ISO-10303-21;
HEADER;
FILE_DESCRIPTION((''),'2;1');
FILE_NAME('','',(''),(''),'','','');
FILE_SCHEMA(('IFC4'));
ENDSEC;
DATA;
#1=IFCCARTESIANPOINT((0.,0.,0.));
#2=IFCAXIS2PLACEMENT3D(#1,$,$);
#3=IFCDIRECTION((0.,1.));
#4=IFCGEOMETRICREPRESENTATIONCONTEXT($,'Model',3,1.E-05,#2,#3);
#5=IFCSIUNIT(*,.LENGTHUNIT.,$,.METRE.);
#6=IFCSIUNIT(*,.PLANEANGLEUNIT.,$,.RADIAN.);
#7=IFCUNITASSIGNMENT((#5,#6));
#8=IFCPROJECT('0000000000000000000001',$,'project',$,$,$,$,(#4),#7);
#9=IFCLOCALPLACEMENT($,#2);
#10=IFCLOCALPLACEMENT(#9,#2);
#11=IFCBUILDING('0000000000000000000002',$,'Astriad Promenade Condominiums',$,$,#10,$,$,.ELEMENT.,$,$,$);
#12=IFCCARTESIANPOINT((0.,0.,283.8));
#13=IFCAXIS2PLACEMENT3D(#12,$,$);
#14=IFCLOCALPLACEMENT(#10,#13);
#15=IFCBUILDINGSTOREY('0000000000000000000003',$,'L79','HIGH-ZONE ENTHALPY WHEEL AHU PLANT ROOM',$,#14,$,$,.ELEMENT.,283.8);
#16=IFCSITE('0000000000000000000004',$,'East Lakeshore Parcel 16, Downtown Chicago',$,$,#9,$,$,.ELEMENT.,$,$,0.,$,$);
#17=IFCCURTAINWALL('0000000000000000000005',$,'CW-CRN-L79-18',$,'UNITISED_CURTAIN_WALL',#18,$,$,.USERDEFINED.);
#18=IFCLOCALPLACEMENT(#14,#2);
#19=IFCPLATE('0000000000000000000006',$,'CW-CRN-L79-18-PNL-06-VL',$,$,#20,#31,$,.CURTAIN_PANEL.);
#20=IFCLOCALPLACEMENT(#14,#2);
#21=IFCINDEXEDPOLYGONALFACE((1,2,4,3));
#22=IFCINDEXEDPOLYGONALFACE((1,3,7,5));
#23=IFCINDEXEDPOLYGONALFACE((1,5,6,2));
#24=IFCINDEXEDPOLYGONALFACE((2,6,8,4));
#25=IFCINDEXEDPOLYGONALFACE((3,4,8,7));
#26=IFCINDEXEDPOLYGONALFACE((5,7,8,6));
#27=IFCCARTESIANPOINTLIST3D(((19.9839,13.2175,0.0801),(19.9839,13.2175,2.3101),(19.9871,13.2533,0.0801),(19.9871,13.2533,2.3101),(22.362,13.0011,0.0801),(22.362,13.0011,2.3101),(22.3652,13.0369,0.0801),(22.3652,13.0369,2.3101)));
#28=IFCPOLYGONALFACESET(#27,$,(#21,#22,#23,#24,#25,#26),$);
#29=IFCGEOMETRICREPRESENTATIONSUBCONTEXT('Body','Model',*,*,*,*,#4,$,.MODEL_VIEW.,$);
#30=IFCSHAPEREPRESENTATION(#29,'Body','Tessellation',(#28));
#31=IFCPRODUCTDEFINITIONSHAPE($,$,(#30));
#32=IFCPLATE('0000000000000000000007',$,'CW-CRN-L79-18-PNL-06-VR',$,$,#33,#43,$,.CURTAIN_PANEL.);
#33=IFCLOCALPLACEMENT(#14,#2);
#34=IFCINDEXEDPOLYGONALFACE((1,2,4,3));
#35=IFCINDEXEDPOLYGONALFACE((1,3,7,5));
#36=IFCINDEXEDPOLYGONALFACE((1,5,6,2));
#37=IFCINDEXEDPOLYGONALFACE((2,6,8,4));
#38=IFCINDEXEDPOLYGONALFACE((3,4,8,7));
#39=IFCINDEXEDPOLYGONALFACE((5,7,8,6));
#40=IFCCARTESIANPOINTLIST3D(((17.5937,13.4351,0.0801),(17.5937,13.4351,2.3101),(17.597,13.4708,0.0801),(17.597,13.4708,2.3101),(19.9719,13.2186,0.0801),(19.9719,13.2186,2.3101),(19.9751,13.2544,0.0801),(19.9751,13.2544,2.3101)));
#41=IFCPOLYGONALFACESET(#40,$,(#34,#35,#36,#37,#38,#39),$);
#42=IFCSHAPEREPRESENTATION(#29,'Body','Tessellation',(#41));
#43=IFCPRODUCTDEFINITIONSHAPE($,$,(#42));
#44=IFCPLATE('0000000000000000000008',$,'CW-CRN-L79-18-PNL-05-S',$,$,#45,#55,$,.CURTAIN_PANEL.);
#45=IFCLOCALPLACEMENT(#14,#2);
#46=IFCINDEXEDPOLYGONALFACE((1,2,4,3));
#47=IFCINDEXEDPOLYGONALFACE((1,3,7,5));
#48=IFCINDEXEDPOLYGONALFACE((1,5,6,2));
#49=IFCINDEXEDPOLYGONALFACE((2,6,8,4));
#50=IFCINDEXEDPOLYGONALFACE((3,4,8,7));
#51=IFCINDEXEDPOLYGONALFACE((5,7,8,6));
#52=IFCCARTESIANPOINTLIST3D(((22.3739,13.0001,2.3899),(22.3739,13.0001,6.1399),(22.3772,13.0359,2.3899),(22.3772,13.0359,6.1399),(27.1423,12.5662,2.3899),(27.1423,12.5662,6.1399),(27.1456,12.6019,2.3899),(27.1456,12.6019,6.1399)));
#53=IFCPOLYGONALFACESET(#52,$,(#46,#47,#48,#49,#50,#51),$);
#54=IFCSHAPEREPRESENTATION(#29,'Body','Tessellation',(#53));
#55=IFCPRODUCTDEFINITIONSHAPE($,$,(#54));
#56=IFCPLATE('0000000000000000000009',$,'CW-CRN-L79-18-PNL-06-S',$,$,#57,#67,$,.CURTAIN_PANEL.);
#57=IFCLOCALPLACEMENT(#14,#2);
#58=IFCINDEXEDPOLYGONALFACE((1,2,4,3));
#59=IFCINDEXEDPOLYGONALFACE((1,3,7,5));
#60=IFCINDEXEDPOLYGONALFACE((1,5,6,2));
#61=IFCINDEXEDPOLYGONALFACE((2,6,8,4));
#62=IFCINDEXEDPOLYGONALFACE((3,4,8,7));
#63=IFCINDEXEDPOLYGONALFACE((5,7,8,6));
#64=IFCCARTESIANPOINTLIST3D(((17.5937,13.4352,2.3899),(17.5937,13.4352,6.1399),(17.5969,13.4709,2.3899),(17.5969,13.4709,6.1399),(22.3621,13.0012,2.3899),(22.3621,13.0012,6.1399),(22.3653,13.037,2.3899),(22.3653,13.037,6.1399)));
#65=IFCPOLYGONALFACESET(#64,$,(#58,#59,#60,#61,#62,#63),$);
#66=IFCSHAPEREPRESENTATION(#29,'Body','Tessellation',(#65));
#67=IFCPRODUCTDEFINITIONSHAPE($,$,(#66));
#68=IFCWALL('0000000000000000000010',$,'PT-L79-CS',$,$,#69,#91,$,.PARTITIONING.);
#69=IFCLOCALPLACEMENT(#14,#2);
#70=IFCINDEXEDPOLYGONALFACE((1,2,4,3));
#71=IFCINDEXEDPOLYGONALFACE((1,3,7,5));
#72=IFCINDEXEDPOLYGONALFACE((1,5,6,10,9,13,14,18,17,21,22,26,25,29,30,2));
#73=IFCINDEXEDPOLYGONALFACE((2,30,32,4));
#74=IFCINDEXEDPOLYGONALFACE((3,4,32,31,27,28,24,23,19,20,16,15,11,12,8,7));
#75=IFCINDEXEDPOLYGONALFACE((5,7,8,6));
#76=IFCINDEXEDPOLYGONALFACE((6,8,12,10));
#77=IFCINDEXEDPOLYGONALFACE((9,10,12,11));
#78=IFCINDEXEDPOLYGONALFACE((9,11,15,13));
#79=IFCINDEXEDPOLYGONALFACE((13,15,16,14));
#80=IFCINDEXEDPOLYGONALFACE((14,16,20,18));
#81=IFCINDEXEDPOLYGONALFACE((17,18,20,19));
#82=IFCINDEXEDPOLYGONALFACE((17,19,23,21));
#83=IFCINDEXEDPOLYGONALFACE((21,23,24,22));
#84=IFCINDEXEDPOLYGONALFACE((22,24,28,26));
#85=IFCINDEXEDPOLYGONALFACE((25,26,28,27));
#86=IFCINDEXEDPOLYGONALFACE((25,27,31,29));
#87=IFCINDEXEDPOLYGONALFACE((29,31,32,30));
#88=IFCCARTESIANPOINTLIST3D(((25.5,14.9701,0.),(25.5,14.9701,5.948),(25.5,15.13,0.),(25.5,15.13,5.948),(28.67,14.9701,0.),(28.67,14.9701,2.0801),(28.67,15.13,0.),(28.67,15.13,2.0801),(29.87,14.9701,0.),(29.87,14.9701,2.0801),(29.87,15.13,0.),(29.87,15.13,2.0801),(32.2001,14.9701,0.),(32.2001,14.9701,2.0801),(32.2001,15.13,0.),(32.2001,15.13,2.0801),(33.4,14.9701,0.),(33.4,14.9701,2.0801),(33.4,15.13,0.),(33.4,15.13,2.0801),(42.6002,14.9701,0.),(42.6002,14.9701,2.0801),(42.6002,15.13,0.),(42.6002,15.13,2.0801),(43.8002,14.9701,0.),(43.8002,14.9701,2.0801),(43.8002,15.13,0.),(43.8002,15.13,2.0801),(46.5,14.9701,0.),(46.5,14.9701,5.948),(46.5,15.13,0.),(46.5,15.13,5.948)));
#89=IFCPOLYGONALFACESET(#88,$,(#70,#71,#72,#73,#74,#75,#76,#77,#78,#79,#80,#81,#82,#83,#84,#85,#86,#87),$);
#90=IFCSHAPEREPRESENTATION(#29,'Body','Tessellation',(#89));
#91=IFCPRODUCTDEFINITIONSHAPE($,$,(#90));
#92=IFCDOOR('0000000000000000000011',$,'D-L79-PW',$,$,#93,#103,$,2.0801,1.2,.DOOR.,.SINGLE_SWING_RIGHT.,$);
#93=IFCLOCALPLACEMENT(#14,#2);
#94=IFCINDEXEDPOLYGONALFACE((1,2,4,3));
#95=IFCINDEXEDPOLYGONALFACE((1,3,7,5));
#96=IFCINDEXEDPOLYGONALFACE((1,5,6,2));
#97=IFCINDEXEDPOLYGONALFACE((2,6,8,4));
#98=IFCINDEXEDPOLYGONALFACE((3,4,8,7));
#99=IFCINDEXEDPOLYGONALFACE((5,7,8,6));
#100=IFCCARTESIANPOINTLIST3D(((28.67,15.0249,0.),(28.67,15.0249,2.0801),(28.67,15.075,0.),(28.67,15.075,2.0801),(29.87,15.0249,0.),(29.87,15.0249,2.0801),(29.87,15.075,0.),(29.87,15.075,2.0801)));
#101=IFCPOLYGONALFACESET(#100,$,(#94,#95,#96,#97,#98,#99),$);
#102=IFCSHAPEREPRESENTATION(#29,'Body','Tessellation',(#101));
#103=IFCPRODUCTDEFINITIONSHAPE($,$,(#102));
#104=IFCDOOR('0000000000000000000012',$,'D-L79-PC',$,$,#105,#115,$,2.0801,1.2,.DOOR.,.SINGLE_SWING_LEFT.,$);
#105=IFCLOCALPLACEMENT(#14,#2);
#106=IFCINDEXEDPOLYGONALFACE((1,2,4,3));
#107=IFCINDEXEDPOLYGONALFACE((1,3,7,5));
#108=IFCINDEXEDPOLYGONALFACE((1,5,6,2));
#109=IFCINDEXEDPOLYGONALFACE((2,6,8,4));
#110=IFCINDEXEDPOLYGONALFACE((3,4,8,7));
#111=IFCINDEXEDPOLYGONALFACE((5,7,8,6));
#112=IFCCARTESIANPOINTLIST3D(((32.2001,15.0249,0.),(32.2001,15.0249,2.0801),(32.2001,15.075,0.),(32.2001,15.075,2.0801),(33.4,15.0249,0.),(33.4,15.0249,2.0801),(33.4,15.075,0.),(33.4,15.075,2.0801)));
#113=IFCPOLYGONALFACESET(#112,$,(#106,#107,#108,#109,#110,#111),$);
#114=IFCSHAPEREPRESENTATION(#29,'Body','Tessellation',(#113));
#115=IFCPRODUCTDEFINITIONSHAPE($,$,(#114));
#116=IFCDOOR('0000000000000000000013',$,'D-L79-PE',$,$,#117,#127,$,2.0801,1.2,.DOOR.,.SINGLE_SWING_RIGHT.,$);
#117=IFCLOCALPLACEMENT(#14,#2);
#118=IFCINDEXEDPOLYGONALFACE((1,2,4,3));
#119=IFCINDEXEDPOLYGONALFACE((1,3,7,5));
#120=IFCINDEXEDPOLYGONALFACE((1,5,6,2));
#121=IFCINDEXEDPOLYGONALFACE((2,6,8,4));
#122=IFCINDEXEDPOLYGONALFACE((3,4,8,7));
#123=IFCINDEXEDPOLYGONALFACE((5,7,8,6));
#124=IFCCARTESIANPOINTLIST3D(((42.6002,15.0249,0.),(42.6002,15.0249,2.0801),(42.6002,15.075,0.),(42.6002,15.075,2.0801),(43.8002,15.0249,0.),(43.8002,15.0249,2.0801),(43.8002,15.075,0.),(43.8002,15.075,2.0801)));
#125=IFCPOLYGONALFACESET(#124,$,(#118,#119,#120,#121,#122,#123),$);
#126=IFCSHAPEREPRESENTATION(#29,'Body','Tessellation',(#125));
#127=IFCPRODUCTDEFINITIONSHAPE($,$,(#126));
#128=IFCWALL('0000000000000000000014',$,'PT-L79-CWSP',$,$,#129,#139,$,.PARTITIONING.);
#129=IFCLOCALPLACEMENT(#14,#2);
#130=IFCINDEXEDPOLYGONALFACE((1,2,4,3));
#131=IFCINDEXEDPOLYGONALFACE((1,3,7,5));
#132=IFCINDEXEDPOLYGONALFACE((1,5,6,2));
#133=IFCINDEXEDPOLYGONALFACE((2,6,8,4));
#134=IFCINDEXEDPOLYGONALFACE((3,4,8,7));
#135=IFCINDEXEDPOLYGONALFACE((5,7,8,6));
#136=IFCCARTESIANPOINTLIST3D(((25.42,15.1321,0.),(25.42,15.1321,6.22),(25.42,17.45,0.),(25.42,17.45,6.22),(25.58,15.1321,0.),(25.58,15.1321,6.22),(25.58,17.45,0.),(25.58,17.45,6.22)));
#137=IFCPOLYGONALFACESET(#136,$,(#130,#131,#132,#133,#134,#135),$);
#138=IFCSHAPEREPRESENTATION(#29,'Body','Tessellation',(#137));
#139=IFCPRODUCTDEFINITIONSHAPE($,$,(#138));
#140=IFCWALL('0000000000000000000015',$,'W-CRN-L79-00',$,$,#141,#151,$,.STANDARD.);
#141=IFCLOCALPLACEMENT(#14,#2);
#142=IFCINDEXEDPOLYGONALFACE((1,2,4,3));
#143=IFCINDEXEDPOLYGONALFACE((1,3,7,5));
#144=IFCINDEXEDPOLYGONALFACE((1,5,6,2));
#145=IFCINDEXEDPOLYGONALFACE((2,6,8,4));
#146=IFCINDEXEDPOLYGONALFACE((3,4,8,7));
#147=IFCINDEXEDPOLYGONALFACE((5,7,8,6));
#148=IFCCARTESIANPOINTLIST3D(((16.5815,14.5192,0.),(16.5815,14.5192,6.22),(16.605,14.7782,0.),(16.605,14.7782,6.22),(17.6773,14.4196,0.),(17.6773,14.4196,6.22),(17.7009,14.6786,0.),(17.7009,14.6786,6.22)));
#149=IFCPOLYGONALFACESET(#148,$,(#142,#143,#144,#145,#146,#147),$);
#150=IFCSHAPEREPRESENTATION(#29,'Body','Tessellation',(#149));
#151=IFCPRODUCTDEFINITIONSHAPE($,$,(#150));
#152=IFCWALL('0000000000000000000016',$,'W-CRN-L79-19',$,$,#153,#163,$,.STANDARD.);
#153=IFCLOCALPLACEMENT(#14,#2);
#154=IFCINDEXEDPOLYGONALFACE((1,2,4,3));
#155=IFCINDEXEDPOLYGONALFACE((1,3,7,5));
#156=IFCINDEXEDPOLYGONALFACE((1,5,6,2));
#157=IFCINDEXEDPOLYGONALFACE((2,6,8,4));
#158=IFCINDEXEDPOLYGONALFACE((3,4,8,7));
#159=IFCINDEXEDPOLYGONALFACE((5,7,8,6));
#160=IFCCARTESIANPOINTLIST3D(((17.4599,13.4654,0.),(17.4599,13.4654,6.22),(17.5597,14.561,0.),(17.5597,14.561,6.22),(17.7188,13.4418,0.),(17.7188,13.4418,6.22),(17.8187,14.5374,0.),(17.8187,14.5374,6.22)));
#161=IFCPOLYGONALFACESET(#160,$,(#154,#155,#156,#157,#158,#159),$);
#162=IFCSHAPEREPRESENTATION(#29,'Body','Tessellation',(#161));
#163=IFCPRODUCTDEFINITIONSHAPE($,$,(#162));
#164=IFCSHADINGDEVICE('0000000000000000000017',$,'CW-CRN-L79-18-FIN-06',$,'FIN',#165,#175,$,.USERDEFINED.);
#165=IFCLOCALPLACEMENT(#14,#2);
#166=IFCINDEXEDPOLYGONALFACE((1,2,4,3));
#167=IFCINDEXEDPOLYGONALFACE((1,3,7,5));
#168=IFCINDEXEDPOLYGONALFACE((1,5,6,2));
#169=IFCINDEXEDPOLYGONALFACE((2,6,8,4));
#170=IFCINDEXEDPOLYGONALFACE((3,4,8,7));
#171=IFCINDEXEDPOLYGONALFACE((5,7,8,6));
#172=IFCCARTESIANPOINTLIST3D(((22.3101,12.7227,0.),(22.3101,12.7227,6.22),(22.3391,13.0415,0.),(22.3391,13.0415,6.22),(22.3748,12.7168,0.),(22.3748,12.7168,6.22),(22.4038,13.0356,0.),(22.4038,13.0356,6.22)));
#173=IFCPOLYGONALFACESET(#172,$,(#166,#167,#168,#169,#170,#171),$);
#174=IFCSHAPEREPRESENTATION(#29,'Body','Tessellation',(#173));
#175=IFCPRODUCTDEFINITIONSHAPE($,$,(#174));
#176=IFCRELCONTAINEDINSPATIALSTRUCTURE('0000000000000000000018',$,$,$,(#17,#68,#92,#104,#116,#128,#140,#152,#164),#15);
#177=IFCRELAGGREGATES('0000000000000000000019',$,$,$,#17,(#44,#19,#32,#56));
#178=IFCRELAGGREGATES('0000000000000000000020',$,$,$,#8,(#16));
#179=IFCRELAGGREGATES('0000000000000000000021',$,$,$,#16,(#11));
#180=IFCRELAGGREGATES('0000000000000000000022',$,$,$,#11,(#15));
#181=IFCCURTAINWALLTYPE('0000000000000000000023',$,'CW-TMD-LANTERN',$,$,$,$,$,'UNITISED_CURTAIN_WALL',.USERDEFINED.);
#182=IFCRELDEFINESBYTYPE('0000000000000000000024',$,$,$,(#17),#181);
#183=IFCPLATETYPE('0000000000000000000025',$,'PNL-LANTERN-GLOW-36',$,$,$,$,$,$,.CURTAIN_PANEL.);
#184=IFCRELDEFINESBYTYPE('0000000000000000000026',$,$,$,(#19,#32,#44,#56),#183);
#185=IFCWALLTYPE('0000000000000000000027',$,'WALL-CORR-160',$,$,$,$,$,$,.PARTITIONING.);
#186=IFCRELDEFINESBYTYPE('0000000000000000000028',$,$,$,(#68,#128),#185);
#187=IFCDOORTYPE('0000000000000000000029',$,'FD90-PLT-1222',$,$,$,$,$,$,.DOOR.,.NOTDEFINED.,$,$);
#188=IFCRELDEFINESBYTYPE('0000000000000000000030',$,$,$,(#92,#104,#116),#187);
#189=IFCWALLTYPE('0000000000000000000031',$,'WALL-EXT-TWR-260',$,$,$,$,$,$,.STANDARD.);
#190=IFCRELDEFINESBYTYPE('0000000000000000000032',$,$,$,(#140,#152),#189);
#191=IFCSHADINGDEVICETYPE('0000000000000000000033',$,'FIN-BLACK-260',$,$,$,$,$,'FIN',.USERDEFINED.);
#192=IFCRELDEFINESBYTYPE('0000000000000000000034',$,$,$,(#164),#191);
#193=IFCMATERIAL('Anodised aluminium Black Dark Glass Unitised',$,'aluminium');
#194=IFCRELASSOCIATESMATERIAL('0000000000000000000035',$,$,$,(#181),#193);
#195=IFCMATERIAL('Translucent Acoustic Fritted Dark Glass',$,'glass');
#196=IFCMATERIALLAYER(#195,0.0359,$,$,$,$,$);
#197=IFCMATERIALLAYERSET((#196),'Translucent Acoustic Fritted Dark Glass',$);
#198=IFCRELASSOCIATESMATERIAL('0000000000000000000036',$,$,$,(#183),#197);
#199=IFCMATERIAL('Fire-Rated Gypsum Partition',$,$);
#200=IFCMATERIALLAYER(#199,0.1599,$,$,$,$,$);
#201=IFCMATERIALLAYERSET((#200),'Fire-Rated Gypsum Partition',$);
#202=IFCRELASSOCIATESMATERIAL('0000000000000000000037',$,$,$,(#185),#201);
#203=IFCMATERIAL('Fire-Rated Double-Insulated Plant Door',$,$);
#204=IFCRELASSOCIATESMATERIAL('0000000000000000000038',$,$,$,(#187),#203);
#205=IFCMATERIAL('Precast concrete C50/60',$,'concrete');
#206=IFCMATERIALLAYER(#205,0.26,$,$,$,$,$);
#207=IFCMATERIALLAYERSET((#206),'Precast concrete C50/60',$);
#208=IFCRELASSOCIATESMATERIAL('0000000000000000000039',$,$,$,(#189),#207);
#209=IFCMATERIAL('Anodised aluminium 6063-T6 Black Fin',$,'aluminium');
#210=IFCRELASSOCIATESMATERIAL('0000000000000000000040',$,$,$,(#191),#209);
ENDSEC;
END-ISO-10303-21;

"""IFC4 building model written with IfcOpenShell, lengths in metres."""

from ifc_helpers import new_model, si_unit, direction, frame, frame_2d, origin, origin_2d, place, context, subcontext, project, spatial, rectangle, extrude, source, transform, mapped, material, layer, layer_set, type_object, type_shapes, element, fill, aggregate, save


model = new_model("IFC4")

# Units and contexts
model_context = context("Model", 3, precision=1e-05, world=origin(), true_north=direction((0.0, 1.0)))
body_context = subcontext(model_context, "Body", "Model", "MODEL_VIEW")
ifc_project = project(units=[si_unit("LENGTHUNIT", "METRE"), si_unit("PLANEANGLEUNIT", "RADIAN")], contexts=[model_context])

# Site, building, storey
site_placement = place(None, origin())
site = spatial("IfcSite", under=ifc_project, at=site_placement, Name="East Lakeshore Parcel 16, Downtown Chicago", CompositionType="ELEMENT", RefElevation=0.0)
building_placement = place(site_placement, origin())
building = spatial("IfcBuilding", under=site, at=building_placement, Name="Astriad Promenade Condominiums", CompositionType="ELEMENT")
storey_placement = place(building_placement, frame((0.0, 0.0, 283.8)))
storey = spatial("IfcBuildingStorey", under=building, at=storey_placement, Name="L79", Description="HIGH-ZONE ENTHALPY WHEEL AHU PLANT ROOM", CompositionType="ELEMENT", Elevation=283.8)

# Curtain wall
ifc_material_1 = material(Name="Anodised aluminium Black Dark Glass Unitised", Category="aluminium")
curtain_wall_type = type_object("IfcCurtainWallType", Name="CW-TMD-LANTERN", ElementType="UNITISED_CURTAIN_WALL", PredefinedType="USERDEFINED", material=ifc_material_1)
curtain_wall_placement = place(storey_placement, origin())
curtain_wall = element("IfcCurtainWall", 1, at=curtain_wall_placement, inside=storey, type_object=curtain_wall_type, Name="CW-CRN-L79-18", ObjectType="UNITISED_CURTAIN_WALL", PredefinedType="USERDEFINED")

# Plates
ifc_material_2 = material(Name="Translucent Acoustic Fritted Dark Glass", Category="glass")
ifc_layer_1 = layer(ifc_material_2, 0.0359)
ifc_layer_set_1 = layer_set([ifc_layer_1], Name="Translucent Acoustic Fritted Dark Glass")
plate_type_1 = type_object("IfcPlateType", Name="PNL-LANTERN-GLOW-36", PredefinedType="CURTAIN_PANEL", material=ifc_layer_set_1)
shared_shape_1 = source(origin(), body_context, "Body", "SweptSolid", [
    extrude(rectangle(XDim=2.3879, YDim=0.0359, at=origin_2d()), origin(), (0.0, 0.0, 1.0), 2.23),
])
plate_1_placement = place(storey_placement, frame((21.1746, 13.1272, 0.0801), z_axis=(0.0, 0.0, 1.0), x_axis=(-0.995884, 0.090633, 0.0)))
plate_1 = element("IfcPlate", 2, at=plate_1_placement, type_object=plate_type_1, Name="CW-CRN-L79-18-PNL-06-VL", PredefinedType="CURTAIN_PANEL", context=body_context, shape_type="MappedRepresentation", body=[
    mapped(shared_shape_1, transform((0.0, 0.0, 0.0), scale=1.0)),
])
plate_2_placement = place(storey_placement, frame((18.7844, 13.3447, 0.0801), z_axis=(0.0, 0.0, 1.0), x_axis=(-0.995884, 0.090633, 0.0)))
plate_2 = element("IfcPlate", 3, at=plate_2_placement, type_object=plate_type_1, Name="CW-CRN-L79-18-PNL-06-VR", PredefinedType="CURTAIN_PANEL", context=body_context, shape_type="MappedRepresentation", body=[
    mapped(shared_shape_1, transform((0.0, 0.0, 0.0), scale=1.0)),
])
shared_shape_2 = source(origin(), body_context, "Body", "SweptSolid", [
    extrude(rectangle(XDim=4.7881, YDim=0.0359, at=origin_2d()), origin(), (0.0, 0.0, 1.0), 3.75),
])
type_shapes(plate_type_1, [shared_shape_1, shared_shape_2])
plate_3_placement = place(storey_placement, frame((24.7598, 12.801, 2.3899), z_axis=(0.0, 0.0, 1.0), x_axis=(-0.995884, 0.090633, 0.0)))
plate_3 = element("IfcPlate", 4, at=plate_3_placement, type_object=plate_type_1, Name="CW-CRN-L79-18-PNL-05-S", PredefinedType="CURTAIN_PANEL", context=body_context, shape_type="MappedRepresentation", body=[
    mapped(shared_shape_2, transform((0.0, 0.0, 0.0), scale=1.0)),
])
plate_4_placement = place(storey_placement, frame((19.9795, 13.2361, 2.3899), z_axis=(0.0, 0.0, 1.0), x_axis=(-0.995884, 0.090633, 0.0)))
plate_4 = element("IfcPlate", 5, at=plate_4_placement, type_object=plate_type_1, Name="CW-CRN-L79-18-PNL-06-S", PredefinedType="CURTAIN_PANEL", context=body_context, shape_type="MappedRepresentation", body=[
    mapped(shared_shape_2, transform((0.0, 0.0, 0.0), scale=1.0)),
])
aggregate(curtain_wall, [plate_3, plate_1, plate_2, plate_4])

# Wall, openings, doors
ifc_material_3 = material(Name="Fire-Rated Gypsum Partition")
ifc_layer_2 = layer(ifc_material_3, 0.1599)
ifc_layer_set_2 = layer_set([ifc_layer_2], Name="Fire-Rated Gypsum Partition")
wall_type_1 = type_object("IfcWallType", Name="WALL-CORR-160", PredefinedType="PARTITIONING", material=ifc_layer_set_2)
wall_1_placement = place(storey_placement, frame((25.5, 15.05, 0.0), z_axis=(0.0, 0.0, 1.0), x_axis=(1.0, 0.0, 0.0)))
wall_1 = element("IfcWall", 6, at=wall_1_placement, inside=storey, type_object=wall_type_1, Name="PT-L79-CS", PredefinedType="PARTITIONING", context=body_context, shape_type="SweptSolid", body=[
    extrude(rectangle(XDim=21.0, YDim=0.1599, at=frame_2d((10.5, 0.0))), origin(), (0.0, 0.0, 1.0), 5.948),
])
opening_1_placement = place(wall_1_placement, frame((3.1699, 0.0, 0.0)))
opening_1 = element("IfcOpeningElement", 7, at=opening_1_placement, cuts=wall_1, PredefinedType="OPENING", context=body_context, shape_type="SweptSolid", body=[
    extrude(rectangle(XDim=1.2, YDim=2.0801, at=frame_2d((0.6001, 1.04))), frame((0.0, 0.0898, 0.0), z_axis=(0.0, -1.0, 0.0), x_axis=(1.0, 0.0, 0.0)), (0.0, 0.0, 1.0), 0.1799),
])
opening_2_placement = place(wall_1_placement, frame((6.7, 0.0, 0.0)))
opening_2 = element("IfcOpeningElement", 8, at=opening_2_placement, cuts=wall_1, PredefinedType="OPENING", context=body_context, shape_type="SweptSolid", body=[
    extrude(rectangle(XDim=1.2, YDim=2.0801, at=frame_2d((0.6001, 1.04))), frame((0.0, 0.0898, 0.0), z_axis=(0.0, -1.0, 0.0), x_axis=(1.0, 0.0, 0.0)), (0.0, 0.0, 1.0), 0.1799),
])
opening_3_placement = place(wall_1_placement, frame((17.1001, 0.0, 0.0)))
opening_3 = element("IfcOpeningElement", 9, at=opening_3_placement, cuts=wall_1, PredefinedType="OPENING", context=body_context, shape_type="SweptSolid", body=[
    extrude(rectangle(XDim=1.2, YDim=2.0801, at=frame_2d((0.6001, 1.04))), frame((0.0, 0.0898, 0.0), z_axis=(0.0, -1.0, 0.0), x_axis=(1.0, 0.0, 0.0)), (0.0, 0.0, 1.0), 0.1799),
])
ifc_material_4 = material(Name="Fire-Rated Double-Insulated Plant Door")
door_type = type_object("IfcDoorType", Name="FD90-PLT-1222", OperationType="NOTDEFINED", PredefinedType="DOOR", material=ifc_material_4)
shared_shape_3 = source(origin(), body_context, "Body", "SweptSolid", [
    extrude(rectangle(XDim=1.2, YDim=2.0801, at=frame_2d((0.6001, 1.04))), frame((0.0, 0.0249, 0.0), z_axis=(0.0, -1.0, 0.0), x_axis=(1.0, 0.0, 0.0)), (0.0, 0.0, 1.0), 0.05),
])
type_shapes(door_type, [shared_shape_3])
door_1_placement = place(opening_1_placement, origin())
door_1 = element("IfcDoor", 10, at=door_1_placement, inside=storey, type_object=door_type, Name="D-L79-PW", OperationType="SINGLE_SWING_RIGHT", OverallHeight=2.0801, OverallWidth=1.2, PredefinedType="DOOR", context=body_context, shape_type="MappedRepresentation", body=[
    mapped(shared_shape_3, transform((0.0, 0.0, 0.0), scale=1.0)),
])
fill(opening_1, door_1)
door_2_placement = place(opening_2_placement, origin())
door_2 = element("IfcDoor", 11, at=door_2_placement, inside=storey, type_object=door_type, Name="D-L79-PC", OperationType="SINGLE_SWING_LEFT", OverallHeight=2.0801, OverallWidth=1.2, PredefinedType="DOOR", context=body_context, shape_type="MappedRepresentation", body=[
    mapped(shared_shape_3, transform((0.0, 0.0, 0.0), scale=1.0)),
])
fill(opening_2, door_2)
door_3_placement = place(opening_3_placement, origin())
door_3 = element("IfcDoor", 12, at=door_3_placement, inside=storey, type_object=door_type, Name="D-L79-PE", OperationType="SINGLE_SWING_RIGHT", OverallHeight=2.0801, OverallWidth=1.2, PredefinedType="DOOR", context=body_context, shape_type="MappedRepresentation", body=[
    mapped(shared_shape_3, transform((0.0, 0.0, 0.0), scale=1.0)),
])
fill(opening_3, door_3)

# Walls
wall_2_placement = place(storey_placement, frame((25.5, 15.1321, 0.0), z_axis=(0.0, 0.0, 1.0), x_axis=(0.0, 1.0, 0.0)))
element("IfcWall", 13, at=wall_2_placement, inside=storey, type_object=wall_type_1, Name="PT-L79-CWSP", PredefinedType="PARTITIONING", context=body_context, shape_type="SweptSolid", body=[
    extrude(rectangle(XDim=2.3179, YDim=0.1599, at=frame_2d((1.1589, 0.0))), origin(), (0.0, 0.0, 1.0), 6.22),
])
ifc_material_5 = material(Name="Precast concrete C50/60", Category="concrete")
ifc_layer_3 = layer(ifc_material_5, 0.26)
ifc_layer_set_3 = layer_set([ifc_layer_3], Name="Precast concrete C50/60")
wall_type_2 = type_object("IfcWallType", Name="WALL-EXT-TWR-260", PredefinedType="STANDARD", material=ifc_layer_set_3)
wall_3_placement = place(storey_placement, frame((17.6892, 14.5491, 0.0), z_axis=(0.0, 0.0, 1.0), x_axis=(-0.995893, 0.090536, 0.0)))
element("IfcWall", 14, at=wall_3_placement, inside=storey, type_object=wall_type_2, Name="W-CRN-L79-00", PredefinedType="STANDARD", context=body_context, shape_type="SweptSolid", body=[
    extrude(rectangle(XDim=1.1003, YDim=0.26, at=frame_2d((0.5503, 0.0))), origin(), (0.0, 0.0, 1.0), 6.22),
])
wall_4_placement = place(storey_placement, frame((17.5894, 13.4536, 0.0), z_axis=(0.0, 0.0, 1.0), x_axis=(0.090776, 0.995871, 0.0)))
element("IfcWall", 15, at=wall_4_placement, inside=storey, type_object=wall_type_2, Name="W-CRN-L79-19", PredefinedType="STANDARD", context=body_context, shape_type="SweptSolid", body=[
    extrude(rectangle(XDim=1.1001, YDim=0.26, at=frame_2d((0.55, 0.0))), origin(), (0.0, 0.0, 1.0), 6.22),
])

# Shading device
ifc_material_6 = material(Name="Anodised aluminium 6063-T6 Black Fin", Category="aluminium")
shading_device_type = type_object("IfcShadingDeviceType", Name="FIN-BLACK-260", ElementType="FIN", PredefinedType="USERDEFINED", material=ifc_material_6)
shared_shape_4 = source(origin(), body_context, "Body", "SweptSolid", [
    extrude(rectangle(XDim=0.0649, YDim=0.3201, at=origin_2d()), origin(), (0.0, 0.0, 1.0), 6.22),
])
type_shapes(shading_device_type, [shared_shape_4])
shading_device_placement = place(storey_placement, frame((22.3569, 12.8792, 0.0), z_axis=(0.0, 0.0, 1.0), x_axis=(-0.995884, 0.090633, 0.0)))
element("IfcShadingDevice", 16, at=shading_device_placement, inside=storey, type_object=shading_device_type, Name="CW-CRN-L79-18-FIN-06", ObjectType="FIN", PredefinedType="USERDEFINED", context=body_context, shape_type="MappedRepresentation", body=[
    mapped(shared_shape_4, transform((0.0, 0.0, 0.0), scale=1.0)),
])

save(model, "model.ifc")
